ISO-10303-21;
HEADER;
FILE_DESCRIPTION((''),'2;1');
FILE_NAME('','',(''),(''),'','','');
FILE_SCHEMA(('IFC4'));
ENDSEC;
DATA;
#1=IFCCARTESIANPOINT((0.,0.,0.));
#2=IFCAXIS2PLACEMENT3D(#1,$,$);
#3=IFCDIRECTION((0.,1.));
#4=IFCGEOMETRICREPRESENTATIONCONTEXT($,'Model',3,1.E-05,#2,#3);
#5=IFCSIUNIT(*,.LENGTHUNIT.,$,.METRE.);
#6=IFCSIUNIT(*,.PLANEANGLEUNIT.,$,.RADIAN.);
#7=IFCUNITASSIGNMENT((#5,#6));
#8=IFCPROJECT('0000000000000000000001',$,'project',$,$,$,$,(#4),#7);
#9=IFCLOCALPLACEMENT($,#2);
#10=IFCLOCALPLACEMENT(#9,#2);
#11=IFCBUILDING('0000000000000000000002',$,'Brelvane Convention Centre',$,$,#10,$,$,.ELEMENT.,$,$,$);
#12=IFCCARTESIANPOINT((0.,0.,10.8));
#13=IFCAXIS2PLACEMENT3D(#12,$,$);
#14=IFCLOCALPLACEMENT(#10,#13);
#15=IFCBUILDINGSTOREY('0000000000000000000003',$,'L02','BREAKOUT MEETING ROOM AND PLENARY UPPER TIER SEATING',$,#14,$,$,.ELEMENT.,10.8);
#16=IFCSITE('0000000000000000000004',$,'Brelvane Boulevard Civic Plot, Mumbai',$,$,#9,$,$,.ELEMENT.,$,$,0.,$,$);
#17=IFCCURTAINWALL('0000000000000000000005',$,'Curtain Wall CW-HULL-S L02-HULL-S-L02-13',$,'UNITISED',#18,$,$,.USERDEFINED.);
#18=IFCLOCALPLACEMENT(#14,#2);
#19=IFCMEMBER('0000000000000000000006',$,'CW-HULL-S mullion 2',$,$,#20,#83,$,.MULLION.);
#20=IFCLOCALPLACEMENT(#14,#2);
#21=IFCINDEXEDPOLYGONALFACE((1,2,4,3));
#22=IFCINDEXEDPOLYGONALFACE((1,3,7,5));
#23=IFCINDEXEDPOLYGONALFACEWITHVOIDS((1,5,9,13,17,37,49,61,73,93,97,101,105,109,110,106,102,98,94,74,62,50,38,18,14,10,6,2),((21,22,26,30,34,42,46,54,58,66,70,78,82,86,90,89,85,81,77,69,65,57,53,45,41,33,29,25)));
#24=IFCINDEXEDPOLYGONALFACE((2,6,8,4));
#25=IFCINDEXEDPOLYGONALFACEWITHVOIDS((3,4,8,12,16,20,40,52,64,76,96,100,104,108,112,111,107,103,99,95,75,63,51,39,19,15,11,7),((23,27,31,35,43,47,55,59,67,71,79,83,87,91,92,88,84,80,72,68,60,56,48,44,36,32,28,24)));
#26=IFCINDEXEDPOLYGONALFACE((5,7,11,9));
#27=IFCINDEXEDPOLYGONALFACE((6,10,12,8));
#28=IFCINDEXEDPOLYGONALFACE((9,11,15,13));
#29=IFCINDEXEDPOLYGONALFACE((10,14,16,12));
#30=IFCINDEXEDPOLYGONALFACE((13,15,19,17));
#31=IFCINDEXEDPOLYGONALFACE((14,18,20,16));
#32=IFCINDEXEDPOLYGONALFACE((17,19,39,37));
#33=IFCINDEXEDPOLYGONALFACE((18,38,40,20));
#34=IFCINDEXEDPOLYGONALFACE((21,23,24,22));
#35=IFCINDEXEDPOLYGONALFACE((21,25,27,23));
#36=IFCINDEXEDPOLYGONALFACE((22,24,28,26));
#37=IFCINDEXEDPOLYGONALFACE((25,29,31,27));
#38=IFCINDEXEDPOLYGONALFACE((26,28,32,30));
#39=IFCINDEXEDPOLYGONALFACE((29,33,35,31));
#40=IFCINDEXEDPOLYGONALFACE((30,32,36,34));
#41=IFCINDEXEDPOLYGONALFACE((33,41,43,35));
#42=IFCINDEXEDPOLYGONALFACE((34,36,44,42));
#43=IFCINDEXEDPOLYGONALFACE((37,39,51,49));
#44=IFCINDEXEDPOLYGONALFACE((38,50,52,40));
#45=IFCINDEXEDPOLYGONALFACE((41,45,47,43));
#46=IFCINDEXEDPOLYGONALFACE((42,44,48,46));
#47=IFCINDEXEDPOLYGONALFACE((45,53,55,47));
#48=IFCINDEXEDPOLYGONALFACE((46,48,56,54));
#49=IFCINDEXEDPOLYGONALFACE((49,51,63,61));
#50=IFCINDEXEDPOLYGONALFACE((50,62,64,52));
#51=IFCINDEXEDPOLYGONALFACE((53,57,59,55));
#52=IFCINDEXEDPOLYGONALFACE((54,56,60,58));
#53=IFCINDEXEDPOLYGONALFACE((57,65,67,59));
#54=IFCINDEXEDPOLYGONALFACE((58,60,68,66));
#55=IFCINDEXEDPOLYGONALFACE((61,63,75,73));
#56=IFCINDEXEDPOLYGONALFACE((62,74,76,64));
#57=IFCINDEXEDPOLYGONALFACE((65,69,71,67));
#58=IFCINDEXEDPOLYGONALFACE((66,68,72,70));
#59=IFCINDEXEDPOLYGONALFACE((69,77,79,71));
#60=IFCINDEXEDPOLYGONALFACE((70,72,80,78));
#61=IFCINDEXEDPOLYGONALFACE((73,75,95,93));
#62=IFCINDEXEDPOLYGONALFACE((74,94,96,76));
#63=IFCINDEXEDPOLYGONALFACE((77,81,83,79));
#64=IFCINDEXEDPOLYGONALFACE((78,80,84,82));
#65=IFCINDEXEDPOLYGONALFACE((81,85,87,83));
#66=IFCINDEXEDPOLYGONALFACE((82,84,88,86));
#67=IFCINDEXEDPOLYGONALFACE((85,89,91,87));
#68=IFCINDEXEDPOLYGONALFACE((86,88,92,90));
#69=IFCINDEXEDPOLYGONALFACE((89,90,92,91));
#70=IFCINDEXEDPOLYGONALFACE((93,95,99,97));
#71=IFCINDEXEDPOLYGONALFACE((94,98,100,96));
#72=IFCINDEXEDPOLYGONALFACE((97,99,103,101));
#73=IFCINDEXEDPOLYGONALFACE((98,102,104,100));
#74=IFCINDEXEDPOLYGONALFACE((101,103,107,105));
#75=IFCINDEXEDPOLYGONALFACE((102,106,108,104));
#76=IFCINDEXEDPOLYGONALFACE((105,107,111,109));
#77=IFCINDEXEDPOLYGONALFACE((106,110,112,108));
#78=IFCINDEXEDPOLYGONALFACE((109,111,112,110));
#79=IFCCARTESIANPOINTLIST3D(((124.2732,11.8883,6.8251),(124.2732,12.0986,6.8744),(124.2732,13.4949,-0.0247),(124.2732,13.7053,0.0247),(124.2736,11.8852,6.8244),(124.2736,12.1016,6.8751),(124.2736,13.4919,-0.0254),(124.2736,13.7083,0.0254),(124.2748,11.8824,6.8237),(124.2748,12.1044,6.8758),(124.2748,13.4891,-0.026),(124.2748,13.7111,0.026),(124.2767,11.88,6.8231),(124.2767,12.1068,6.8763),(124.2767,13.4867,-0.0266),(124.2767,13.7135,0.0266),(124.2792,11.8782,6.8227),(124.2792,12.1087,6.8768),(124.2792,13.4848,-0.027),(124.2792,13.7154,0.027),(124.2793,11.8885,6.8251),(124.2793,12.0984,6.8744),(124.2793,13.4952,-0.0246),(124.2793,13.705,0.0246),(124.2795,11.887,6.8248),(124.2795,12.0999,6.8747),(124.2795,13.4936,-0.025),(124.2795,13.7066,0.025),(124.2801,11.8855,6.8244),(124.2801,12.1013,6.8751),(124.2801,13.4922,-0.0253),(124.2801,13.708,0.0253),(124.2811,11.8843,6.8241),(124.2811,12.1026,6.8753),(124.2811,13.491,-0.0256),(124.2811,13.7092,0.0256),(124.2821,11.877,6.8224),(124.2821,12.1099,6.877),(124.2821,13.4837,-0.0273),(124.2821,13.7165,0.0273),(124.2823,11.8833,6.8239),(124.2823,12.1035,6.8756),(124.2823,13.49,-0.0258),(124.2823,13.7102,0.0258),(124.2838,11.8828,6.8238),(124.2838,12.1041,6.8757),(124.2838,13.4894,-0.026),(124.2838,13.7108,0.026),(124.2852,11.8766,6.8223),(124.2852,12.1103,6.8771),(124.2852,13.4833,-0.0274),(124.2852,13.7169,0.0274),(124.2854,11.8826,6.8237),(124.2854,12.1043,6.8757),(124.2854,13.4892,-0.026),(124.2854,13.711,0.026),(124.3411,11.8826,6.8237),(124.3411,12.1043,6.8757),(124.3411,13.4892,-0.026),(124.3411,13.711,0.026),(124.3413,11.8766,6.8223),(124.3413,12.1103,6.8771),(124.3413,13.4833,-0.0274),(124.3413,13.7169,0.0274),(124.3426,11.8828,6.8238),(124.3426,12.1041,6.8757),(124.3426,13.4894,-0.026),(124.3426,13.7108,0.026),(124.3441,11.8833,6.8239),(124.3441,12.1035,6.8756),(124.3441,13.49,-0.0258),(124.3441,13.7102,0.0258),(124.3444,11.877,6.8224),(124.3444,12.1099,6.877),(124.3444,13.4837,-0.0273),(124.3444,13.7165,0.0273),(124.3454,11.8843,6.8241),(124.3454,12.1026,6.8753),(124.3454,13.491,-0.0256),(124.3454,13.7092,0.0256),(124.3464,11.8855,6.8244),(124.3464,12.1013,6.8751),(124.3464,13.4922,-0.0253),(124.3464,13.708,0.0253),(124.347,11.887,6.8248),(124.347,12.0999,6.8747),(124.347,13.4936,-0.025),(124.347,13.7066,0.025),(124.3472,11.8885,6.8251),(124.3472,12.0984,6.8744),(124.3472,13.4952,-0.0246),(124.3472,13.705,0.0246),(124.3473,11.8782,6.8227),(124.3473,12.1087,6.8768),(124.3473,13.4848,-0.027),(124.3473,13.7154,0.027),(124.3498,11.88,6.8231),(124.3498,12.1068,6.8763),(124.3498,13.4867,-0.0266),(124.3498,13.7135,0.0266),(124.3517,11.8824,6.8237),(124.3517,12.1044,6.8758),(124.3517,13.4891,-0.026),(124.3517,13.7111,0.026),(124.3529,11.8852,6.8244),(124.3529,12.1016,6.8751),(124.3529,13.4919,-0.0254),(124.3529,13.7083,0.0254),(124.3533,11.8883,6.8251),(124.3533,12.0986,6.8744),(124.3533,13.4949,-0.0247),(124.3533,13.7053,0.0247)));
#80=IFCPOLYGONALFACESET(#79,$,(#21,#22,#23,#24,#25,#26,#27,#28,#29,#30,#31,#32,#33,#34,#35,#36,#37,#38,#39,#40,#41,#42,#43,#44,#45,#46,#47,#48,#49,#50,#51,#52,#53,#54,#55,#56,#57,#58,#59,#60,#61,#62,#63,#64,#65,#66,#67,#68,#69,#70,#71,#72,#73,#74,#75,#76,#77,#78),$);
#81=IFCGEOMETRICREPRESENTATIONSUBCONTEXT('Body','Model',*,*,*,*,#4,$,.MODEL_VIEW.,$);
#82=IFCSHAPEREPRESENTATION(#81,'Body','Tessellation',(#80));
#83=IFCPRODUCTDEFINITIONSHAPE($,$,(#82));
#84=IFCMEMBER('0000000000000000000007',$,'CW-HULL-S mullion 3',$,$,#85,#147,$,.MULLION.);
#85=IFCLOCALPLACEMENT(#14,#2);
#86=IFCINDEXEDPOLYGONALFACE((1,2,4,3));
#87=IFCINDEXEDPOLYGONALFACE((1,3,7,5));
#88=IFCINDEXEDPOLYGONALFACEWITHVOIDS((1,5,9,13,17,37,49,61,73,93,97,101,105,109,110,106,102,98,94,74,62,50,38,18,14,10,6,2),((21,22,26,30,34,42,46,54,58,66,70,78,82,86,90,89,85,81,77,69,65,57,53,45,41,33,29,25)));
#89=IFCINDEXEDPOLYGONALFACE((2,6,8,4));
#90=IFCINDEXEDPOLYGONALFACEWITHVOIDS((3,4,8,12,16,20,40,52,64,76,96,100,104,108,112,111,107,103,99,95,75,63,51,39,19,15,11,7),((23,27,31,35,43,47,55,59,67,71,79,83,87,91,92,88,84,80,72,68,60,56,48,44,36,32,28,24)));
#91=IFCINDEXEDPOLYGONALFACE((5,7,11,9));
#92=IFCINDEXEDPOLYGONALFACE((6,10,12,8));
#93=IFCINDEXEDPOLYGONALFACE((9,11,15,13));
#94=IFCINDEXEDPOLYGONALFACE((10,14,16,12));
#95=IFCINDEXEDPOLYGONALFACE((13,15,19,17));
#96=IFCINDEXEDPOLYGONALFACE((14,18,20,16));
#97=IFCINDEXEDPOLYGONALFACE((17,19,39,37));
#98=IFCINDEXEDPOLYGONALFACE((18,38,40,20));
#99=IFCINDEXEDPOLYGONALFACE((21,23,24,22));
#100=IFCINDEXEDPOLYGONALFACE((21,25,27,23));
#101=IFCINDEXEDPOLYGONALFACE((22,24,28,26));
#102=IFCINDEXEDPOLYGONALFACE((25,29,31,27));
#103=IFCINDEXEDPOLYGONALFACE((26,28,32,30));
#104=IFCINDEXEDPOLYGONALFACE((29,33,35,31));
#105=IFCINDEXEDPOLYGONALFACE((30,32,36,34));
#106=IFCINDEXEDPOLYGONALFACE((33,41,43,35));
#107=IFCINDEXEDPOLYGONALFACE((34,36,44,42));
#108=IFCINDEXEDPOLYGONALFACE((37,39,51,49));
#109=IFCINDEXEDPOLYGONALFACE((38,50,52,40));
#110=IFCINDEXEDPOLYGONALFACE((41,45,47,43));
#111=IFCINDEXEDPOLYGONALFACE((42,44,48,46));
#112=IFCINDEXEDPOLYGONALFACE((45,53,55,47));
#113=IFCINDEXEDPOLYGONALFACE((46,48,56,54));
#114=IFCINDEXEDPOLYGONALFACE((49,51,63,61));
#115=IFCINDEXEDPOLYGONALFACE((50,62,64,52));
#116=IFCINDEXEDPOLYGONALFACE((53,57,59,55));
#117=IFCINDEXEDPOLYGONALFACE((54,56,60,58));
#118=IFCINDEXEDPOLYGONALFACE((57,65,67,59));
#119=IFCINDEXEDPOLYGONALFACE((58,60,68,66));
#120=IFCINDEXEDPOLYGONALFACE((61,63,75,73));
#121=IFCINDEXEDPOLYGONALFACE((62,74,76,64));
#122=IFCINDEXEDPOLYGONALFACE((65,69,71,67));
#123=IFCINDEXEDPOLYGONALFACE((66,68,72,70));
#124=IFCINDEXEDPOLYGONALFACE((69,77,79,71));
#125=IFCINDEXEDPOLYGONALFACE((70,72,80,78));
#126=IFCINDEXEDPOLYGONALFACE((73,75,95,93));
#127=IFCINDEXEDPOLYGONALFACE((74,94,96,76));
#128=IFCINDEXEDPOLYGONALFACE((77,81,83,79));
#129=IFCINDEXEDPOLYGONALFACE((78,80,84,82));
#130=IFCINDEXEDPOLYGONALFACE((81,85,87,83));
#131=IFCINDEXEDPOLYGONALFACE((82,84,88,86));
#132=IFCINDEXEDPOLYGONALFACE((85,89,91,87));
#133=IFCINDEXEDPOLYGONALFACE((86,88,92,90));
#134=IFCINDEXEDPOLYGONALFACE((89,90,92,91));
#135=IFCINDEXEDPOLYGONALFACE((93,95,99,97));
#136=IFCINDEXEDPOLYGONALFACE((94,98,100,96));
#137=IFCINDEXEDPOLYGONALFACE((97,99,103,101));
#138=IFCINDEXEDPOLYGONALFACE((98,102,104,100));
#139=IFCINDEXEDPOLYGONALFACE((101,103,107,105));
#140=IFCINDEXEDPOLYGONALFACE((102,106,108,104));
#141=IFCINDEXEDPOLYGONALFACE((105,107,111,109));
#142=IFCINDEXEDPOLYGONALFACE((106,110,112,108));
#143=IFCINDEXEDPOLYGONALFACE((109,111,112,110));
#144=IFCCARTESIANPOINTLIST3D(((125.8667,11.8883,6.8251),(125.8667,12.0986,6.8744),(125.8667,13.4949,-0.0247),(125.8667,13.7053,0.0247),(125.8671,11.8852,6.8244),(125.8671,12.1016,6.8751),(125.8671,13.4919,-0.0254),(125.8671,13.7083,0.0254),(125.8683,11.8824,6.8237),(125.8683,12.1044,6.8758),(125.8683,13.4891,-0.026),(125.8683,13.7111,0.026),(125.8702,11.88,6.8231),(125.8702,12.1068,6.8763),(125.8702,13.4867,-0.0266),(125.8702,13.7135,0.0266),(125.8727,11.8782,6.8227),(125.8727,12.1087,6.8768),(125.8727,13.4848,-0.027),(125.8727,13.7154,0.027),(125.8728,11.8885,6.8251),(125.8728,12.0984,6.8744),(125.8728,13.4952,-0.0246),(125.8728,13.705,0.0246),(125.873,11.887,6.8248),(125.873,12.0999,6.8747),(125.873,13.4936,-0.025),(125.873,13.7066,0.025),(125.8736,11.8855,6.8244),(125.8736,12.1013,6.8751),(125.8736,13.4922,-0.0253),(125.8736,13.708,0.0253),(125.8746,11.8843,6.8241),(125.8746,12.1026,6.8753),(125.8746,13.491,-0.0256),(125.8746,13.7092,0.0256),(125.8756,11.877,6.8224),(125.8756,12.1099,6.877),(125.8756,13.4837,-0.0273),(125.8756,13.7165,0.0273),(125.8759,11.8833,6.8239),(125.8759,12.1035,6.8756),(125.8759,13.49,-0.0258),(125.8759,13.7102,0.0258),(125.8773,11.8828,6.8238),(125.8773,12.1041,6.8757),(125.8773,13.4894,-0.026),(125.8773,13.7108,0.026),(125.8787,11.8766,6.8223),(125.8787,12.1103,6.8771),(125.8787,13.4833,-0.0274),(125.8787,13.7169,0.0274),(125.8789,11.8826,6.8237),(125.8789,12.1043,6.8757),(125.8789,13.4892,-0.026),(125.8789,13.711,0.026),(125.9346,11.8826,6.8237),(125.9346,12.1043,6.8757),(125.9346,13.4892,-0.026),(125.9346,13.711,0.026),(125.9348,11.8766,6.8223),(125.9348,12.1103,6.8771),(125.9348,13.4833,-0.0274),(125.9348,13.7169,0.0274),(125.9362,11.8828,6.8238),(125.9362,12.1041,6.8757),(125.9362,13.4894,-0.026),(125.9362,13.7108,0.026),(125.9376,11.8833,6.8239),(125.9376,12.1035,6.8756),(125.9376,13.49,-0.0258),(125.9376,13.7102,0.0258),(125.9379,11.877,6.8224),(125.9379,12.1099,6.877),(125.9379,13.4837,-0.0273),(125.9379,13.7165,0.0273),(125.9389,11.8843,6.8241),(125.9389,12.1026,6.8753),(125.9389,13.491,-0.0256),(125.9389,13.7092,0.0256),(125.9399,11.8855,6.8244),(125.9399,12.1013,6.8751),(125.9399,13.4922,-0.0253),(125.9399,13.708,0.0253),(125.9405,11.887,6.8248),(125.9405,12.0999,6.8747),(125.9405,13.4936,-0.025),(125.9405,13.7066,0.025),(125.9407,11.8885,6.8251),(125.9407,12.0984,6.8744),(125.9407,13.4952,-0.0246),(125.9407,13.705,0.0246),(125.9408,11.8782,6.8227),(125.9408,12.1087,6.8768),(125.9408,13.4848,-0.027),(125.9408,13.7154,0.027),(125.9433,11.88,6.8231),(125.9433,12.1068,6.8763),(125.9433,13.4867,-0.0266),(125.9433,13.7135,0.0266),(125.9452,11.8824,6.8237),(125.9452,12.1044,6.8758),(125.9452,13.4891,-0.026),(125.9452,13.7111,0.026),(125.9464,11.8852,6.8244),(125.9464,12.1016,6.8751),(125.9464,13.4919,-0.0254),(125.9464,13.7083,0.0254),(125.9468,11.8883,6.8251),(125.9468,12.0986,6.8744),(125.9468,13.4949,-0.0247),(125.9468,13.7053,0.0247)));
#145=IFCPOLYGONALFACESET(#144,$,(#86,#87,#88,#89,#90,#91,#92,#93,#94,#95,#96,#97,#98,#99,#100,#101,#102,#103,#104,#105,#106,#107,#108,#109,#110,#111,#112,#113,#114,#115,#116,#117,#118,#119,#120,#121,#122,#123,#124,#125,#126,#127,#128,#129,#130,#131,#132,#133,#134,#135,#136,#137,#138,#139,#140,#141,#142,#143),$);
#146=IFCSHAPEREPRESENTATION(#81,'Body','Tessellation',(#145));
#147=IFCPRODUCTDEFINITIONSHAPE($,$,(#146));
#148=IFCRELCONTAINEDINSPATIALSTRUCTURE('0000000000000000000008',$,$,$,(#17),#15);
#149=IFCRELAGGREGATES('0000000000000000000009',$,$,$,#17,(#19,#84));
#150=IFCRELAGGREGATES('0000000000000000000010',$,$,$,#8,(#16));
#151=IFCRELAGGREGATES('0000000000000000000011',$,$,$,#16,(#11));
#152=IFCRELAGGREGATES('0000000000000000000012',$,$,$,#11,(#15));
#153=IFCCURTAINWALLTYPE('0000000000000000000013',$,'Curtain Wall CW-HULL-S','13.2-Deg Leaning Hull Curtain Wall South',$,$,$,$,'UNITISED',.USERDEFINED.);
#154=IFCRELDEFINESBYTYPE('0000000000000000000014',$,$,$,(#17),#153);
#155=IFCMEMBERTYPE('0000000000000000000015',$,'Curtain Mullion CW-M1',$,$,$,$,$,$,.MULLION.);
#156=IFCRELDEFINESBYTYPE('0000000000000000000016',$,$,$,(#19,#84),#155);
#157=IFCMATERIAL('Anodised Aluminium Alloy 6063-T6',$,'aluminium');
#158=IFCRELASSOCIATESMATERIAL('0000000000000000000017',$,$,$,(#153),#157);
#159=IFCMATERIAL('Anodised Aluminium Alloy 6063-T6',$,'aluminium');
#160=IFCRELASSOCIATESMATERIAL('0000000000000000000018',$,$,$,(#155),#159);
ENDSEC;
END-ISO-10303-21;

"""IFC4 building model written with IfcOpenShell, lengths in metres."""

from ifc_helpers import new_model, si_unit, direction, frame, origin, origin_2d, place, context, subcontext, project, spatial, hollow_rectangle, extrude, material, material_profile, profile_set, type_object, element, aggregate, save


model = new_model("IFC4")

# Units and contexts
model_context = context("Model", 3, precision=1e-05, world=origin(), true_north=direction((0.0, 1.0)))
body_context = subcontext(model_context, "Body", "Model", "MODEL_VIEW")
ifc_project = project(units=[si_unit("LENGTHUNIT", "METRE"), si_unit("PLANEANGLEUNIT", "RADIAN")], contexts=[model_context])

# Site, building, storey
site_placement = place(None, origin())
site = spatial("IfcSite", under=ifc_project, at=site_placement, Name="Brelvane Boulevard Civic Plot, Mumbai", CompositionType="ELEMENT", RefElevation=0.0)
building_placement = place(site_placement, origin())
building = spatial("IfcBuilding", under=site, at=building_placement, Name="Brelvane Convention Centre", CompositionType="ELEMENT")
storey_placement = place(building_placement, frame((0.0, 0.0, 10.8)))
storey = spatial("IfcBuildingStorey", under=building, at=storey_placement, Name="L02", Description="BREAKOUT MEETING ROOM AND PLENARY UPPER TIER SEATING", CompositionType="ELEMENT", Elevation=10.8)

# Curtain wall, members
ifc_material_1 = material(Name="Anodised Aluminium Alloy 6063-T6", Category="aluminium")
curtain_wall_type = type_object("IfcCurtainWallType", Name="Curtain Wall CW-HULL-S", Description="13.2-Deg Leaning Hull Curtain Wall South", ElementType="UNITISED", PredefinedType="USERDEFINED", material=ifc_material_1)
ifc_material_2 = material(Name="Anodised Aluminium Alloy 6063-T6", Category="aluminium")
ifc_material_profile_1 = material_profile(ifc_material_2, hollow_rectangle(XDim=0.0801, YDim=0.24, WallThickness=0.0061, InnerFilletRadius=0.0061, OuterFilletRadius=0.012, at=origin_2d()), Name="ALU-M 240x80x6.0")
ifc_profile_set_1 = profile_set([ifc_material_profile_1], Name="Anodised Aluminium Alloy 6063-T6")
member_type_1 = type_object("IfcMemberType", Name="Curtain Mullion CW-M1", PredefinedType="MULLION", material=ifc_profile_set_1)
curtain_wall_1_placement = place(storey_placement, origin())
curtain_wall_1 = element("IfcCurtainWall", 1, at=curtain_wall_1_placement, inside=storey, type_object=curtain_wall_type, Name="Curtain Wall CW-HULL-S L02-HULL-S-L02-13", ObjectType="UNITISED", PredefinedType="USERDEFINED")
member_1_placement = place(storey_placement, frame((124.3132, 13.6001, 0.0), z_axis=(0.0, -0.22836, 0.973577), x_axis=(1.0, 0.0, 0.0)))
member_1 = element("IfcMember", 2, at=member_1_placement, type_object=member_type_1, Name="CW-HULL-S mullion 2", PredefinedType="MULLION", context=body_context, shape_type="SweptSolid", body=[
    extrude(hollow_rectangle(XDim=0.0801, YDim=0.24, WallThickness=0.0061, InnerFilletRadius=0.0061, OuterFilletRadius=0.012, at=origin_2d()), origin(), (0.0, 0.0, 1.0), 7.0356),
])
member_2_placement = place(storey_placement, frame((125.9067, 13.6001, 0.0), z_axis=(0.0, -0.22836, 0.973577), x_axis=(1.0, 0.0, 0.0)))
member_2 = element("IfcMember", 3, at=member_2_placement, type_object=member_type_1, Name="CW-HULL-S mullion 3", PredefinedType="MULLION", context=body_context, shape_type="SweptSolid", body=[
    extrude(hollow_rectangle(XDim=0.0801, YDim=0.24, WallThickness=0.0061, InnerFilletRadius=0.0061, OuterFilletRadius=0.012, at=origin_2d()), origin(), (0.0, 0.0, 1.0), 7.0356),
])

aggregate(curtain_wall_1, [member_1, member_2])

save(model, "model.ifc")
